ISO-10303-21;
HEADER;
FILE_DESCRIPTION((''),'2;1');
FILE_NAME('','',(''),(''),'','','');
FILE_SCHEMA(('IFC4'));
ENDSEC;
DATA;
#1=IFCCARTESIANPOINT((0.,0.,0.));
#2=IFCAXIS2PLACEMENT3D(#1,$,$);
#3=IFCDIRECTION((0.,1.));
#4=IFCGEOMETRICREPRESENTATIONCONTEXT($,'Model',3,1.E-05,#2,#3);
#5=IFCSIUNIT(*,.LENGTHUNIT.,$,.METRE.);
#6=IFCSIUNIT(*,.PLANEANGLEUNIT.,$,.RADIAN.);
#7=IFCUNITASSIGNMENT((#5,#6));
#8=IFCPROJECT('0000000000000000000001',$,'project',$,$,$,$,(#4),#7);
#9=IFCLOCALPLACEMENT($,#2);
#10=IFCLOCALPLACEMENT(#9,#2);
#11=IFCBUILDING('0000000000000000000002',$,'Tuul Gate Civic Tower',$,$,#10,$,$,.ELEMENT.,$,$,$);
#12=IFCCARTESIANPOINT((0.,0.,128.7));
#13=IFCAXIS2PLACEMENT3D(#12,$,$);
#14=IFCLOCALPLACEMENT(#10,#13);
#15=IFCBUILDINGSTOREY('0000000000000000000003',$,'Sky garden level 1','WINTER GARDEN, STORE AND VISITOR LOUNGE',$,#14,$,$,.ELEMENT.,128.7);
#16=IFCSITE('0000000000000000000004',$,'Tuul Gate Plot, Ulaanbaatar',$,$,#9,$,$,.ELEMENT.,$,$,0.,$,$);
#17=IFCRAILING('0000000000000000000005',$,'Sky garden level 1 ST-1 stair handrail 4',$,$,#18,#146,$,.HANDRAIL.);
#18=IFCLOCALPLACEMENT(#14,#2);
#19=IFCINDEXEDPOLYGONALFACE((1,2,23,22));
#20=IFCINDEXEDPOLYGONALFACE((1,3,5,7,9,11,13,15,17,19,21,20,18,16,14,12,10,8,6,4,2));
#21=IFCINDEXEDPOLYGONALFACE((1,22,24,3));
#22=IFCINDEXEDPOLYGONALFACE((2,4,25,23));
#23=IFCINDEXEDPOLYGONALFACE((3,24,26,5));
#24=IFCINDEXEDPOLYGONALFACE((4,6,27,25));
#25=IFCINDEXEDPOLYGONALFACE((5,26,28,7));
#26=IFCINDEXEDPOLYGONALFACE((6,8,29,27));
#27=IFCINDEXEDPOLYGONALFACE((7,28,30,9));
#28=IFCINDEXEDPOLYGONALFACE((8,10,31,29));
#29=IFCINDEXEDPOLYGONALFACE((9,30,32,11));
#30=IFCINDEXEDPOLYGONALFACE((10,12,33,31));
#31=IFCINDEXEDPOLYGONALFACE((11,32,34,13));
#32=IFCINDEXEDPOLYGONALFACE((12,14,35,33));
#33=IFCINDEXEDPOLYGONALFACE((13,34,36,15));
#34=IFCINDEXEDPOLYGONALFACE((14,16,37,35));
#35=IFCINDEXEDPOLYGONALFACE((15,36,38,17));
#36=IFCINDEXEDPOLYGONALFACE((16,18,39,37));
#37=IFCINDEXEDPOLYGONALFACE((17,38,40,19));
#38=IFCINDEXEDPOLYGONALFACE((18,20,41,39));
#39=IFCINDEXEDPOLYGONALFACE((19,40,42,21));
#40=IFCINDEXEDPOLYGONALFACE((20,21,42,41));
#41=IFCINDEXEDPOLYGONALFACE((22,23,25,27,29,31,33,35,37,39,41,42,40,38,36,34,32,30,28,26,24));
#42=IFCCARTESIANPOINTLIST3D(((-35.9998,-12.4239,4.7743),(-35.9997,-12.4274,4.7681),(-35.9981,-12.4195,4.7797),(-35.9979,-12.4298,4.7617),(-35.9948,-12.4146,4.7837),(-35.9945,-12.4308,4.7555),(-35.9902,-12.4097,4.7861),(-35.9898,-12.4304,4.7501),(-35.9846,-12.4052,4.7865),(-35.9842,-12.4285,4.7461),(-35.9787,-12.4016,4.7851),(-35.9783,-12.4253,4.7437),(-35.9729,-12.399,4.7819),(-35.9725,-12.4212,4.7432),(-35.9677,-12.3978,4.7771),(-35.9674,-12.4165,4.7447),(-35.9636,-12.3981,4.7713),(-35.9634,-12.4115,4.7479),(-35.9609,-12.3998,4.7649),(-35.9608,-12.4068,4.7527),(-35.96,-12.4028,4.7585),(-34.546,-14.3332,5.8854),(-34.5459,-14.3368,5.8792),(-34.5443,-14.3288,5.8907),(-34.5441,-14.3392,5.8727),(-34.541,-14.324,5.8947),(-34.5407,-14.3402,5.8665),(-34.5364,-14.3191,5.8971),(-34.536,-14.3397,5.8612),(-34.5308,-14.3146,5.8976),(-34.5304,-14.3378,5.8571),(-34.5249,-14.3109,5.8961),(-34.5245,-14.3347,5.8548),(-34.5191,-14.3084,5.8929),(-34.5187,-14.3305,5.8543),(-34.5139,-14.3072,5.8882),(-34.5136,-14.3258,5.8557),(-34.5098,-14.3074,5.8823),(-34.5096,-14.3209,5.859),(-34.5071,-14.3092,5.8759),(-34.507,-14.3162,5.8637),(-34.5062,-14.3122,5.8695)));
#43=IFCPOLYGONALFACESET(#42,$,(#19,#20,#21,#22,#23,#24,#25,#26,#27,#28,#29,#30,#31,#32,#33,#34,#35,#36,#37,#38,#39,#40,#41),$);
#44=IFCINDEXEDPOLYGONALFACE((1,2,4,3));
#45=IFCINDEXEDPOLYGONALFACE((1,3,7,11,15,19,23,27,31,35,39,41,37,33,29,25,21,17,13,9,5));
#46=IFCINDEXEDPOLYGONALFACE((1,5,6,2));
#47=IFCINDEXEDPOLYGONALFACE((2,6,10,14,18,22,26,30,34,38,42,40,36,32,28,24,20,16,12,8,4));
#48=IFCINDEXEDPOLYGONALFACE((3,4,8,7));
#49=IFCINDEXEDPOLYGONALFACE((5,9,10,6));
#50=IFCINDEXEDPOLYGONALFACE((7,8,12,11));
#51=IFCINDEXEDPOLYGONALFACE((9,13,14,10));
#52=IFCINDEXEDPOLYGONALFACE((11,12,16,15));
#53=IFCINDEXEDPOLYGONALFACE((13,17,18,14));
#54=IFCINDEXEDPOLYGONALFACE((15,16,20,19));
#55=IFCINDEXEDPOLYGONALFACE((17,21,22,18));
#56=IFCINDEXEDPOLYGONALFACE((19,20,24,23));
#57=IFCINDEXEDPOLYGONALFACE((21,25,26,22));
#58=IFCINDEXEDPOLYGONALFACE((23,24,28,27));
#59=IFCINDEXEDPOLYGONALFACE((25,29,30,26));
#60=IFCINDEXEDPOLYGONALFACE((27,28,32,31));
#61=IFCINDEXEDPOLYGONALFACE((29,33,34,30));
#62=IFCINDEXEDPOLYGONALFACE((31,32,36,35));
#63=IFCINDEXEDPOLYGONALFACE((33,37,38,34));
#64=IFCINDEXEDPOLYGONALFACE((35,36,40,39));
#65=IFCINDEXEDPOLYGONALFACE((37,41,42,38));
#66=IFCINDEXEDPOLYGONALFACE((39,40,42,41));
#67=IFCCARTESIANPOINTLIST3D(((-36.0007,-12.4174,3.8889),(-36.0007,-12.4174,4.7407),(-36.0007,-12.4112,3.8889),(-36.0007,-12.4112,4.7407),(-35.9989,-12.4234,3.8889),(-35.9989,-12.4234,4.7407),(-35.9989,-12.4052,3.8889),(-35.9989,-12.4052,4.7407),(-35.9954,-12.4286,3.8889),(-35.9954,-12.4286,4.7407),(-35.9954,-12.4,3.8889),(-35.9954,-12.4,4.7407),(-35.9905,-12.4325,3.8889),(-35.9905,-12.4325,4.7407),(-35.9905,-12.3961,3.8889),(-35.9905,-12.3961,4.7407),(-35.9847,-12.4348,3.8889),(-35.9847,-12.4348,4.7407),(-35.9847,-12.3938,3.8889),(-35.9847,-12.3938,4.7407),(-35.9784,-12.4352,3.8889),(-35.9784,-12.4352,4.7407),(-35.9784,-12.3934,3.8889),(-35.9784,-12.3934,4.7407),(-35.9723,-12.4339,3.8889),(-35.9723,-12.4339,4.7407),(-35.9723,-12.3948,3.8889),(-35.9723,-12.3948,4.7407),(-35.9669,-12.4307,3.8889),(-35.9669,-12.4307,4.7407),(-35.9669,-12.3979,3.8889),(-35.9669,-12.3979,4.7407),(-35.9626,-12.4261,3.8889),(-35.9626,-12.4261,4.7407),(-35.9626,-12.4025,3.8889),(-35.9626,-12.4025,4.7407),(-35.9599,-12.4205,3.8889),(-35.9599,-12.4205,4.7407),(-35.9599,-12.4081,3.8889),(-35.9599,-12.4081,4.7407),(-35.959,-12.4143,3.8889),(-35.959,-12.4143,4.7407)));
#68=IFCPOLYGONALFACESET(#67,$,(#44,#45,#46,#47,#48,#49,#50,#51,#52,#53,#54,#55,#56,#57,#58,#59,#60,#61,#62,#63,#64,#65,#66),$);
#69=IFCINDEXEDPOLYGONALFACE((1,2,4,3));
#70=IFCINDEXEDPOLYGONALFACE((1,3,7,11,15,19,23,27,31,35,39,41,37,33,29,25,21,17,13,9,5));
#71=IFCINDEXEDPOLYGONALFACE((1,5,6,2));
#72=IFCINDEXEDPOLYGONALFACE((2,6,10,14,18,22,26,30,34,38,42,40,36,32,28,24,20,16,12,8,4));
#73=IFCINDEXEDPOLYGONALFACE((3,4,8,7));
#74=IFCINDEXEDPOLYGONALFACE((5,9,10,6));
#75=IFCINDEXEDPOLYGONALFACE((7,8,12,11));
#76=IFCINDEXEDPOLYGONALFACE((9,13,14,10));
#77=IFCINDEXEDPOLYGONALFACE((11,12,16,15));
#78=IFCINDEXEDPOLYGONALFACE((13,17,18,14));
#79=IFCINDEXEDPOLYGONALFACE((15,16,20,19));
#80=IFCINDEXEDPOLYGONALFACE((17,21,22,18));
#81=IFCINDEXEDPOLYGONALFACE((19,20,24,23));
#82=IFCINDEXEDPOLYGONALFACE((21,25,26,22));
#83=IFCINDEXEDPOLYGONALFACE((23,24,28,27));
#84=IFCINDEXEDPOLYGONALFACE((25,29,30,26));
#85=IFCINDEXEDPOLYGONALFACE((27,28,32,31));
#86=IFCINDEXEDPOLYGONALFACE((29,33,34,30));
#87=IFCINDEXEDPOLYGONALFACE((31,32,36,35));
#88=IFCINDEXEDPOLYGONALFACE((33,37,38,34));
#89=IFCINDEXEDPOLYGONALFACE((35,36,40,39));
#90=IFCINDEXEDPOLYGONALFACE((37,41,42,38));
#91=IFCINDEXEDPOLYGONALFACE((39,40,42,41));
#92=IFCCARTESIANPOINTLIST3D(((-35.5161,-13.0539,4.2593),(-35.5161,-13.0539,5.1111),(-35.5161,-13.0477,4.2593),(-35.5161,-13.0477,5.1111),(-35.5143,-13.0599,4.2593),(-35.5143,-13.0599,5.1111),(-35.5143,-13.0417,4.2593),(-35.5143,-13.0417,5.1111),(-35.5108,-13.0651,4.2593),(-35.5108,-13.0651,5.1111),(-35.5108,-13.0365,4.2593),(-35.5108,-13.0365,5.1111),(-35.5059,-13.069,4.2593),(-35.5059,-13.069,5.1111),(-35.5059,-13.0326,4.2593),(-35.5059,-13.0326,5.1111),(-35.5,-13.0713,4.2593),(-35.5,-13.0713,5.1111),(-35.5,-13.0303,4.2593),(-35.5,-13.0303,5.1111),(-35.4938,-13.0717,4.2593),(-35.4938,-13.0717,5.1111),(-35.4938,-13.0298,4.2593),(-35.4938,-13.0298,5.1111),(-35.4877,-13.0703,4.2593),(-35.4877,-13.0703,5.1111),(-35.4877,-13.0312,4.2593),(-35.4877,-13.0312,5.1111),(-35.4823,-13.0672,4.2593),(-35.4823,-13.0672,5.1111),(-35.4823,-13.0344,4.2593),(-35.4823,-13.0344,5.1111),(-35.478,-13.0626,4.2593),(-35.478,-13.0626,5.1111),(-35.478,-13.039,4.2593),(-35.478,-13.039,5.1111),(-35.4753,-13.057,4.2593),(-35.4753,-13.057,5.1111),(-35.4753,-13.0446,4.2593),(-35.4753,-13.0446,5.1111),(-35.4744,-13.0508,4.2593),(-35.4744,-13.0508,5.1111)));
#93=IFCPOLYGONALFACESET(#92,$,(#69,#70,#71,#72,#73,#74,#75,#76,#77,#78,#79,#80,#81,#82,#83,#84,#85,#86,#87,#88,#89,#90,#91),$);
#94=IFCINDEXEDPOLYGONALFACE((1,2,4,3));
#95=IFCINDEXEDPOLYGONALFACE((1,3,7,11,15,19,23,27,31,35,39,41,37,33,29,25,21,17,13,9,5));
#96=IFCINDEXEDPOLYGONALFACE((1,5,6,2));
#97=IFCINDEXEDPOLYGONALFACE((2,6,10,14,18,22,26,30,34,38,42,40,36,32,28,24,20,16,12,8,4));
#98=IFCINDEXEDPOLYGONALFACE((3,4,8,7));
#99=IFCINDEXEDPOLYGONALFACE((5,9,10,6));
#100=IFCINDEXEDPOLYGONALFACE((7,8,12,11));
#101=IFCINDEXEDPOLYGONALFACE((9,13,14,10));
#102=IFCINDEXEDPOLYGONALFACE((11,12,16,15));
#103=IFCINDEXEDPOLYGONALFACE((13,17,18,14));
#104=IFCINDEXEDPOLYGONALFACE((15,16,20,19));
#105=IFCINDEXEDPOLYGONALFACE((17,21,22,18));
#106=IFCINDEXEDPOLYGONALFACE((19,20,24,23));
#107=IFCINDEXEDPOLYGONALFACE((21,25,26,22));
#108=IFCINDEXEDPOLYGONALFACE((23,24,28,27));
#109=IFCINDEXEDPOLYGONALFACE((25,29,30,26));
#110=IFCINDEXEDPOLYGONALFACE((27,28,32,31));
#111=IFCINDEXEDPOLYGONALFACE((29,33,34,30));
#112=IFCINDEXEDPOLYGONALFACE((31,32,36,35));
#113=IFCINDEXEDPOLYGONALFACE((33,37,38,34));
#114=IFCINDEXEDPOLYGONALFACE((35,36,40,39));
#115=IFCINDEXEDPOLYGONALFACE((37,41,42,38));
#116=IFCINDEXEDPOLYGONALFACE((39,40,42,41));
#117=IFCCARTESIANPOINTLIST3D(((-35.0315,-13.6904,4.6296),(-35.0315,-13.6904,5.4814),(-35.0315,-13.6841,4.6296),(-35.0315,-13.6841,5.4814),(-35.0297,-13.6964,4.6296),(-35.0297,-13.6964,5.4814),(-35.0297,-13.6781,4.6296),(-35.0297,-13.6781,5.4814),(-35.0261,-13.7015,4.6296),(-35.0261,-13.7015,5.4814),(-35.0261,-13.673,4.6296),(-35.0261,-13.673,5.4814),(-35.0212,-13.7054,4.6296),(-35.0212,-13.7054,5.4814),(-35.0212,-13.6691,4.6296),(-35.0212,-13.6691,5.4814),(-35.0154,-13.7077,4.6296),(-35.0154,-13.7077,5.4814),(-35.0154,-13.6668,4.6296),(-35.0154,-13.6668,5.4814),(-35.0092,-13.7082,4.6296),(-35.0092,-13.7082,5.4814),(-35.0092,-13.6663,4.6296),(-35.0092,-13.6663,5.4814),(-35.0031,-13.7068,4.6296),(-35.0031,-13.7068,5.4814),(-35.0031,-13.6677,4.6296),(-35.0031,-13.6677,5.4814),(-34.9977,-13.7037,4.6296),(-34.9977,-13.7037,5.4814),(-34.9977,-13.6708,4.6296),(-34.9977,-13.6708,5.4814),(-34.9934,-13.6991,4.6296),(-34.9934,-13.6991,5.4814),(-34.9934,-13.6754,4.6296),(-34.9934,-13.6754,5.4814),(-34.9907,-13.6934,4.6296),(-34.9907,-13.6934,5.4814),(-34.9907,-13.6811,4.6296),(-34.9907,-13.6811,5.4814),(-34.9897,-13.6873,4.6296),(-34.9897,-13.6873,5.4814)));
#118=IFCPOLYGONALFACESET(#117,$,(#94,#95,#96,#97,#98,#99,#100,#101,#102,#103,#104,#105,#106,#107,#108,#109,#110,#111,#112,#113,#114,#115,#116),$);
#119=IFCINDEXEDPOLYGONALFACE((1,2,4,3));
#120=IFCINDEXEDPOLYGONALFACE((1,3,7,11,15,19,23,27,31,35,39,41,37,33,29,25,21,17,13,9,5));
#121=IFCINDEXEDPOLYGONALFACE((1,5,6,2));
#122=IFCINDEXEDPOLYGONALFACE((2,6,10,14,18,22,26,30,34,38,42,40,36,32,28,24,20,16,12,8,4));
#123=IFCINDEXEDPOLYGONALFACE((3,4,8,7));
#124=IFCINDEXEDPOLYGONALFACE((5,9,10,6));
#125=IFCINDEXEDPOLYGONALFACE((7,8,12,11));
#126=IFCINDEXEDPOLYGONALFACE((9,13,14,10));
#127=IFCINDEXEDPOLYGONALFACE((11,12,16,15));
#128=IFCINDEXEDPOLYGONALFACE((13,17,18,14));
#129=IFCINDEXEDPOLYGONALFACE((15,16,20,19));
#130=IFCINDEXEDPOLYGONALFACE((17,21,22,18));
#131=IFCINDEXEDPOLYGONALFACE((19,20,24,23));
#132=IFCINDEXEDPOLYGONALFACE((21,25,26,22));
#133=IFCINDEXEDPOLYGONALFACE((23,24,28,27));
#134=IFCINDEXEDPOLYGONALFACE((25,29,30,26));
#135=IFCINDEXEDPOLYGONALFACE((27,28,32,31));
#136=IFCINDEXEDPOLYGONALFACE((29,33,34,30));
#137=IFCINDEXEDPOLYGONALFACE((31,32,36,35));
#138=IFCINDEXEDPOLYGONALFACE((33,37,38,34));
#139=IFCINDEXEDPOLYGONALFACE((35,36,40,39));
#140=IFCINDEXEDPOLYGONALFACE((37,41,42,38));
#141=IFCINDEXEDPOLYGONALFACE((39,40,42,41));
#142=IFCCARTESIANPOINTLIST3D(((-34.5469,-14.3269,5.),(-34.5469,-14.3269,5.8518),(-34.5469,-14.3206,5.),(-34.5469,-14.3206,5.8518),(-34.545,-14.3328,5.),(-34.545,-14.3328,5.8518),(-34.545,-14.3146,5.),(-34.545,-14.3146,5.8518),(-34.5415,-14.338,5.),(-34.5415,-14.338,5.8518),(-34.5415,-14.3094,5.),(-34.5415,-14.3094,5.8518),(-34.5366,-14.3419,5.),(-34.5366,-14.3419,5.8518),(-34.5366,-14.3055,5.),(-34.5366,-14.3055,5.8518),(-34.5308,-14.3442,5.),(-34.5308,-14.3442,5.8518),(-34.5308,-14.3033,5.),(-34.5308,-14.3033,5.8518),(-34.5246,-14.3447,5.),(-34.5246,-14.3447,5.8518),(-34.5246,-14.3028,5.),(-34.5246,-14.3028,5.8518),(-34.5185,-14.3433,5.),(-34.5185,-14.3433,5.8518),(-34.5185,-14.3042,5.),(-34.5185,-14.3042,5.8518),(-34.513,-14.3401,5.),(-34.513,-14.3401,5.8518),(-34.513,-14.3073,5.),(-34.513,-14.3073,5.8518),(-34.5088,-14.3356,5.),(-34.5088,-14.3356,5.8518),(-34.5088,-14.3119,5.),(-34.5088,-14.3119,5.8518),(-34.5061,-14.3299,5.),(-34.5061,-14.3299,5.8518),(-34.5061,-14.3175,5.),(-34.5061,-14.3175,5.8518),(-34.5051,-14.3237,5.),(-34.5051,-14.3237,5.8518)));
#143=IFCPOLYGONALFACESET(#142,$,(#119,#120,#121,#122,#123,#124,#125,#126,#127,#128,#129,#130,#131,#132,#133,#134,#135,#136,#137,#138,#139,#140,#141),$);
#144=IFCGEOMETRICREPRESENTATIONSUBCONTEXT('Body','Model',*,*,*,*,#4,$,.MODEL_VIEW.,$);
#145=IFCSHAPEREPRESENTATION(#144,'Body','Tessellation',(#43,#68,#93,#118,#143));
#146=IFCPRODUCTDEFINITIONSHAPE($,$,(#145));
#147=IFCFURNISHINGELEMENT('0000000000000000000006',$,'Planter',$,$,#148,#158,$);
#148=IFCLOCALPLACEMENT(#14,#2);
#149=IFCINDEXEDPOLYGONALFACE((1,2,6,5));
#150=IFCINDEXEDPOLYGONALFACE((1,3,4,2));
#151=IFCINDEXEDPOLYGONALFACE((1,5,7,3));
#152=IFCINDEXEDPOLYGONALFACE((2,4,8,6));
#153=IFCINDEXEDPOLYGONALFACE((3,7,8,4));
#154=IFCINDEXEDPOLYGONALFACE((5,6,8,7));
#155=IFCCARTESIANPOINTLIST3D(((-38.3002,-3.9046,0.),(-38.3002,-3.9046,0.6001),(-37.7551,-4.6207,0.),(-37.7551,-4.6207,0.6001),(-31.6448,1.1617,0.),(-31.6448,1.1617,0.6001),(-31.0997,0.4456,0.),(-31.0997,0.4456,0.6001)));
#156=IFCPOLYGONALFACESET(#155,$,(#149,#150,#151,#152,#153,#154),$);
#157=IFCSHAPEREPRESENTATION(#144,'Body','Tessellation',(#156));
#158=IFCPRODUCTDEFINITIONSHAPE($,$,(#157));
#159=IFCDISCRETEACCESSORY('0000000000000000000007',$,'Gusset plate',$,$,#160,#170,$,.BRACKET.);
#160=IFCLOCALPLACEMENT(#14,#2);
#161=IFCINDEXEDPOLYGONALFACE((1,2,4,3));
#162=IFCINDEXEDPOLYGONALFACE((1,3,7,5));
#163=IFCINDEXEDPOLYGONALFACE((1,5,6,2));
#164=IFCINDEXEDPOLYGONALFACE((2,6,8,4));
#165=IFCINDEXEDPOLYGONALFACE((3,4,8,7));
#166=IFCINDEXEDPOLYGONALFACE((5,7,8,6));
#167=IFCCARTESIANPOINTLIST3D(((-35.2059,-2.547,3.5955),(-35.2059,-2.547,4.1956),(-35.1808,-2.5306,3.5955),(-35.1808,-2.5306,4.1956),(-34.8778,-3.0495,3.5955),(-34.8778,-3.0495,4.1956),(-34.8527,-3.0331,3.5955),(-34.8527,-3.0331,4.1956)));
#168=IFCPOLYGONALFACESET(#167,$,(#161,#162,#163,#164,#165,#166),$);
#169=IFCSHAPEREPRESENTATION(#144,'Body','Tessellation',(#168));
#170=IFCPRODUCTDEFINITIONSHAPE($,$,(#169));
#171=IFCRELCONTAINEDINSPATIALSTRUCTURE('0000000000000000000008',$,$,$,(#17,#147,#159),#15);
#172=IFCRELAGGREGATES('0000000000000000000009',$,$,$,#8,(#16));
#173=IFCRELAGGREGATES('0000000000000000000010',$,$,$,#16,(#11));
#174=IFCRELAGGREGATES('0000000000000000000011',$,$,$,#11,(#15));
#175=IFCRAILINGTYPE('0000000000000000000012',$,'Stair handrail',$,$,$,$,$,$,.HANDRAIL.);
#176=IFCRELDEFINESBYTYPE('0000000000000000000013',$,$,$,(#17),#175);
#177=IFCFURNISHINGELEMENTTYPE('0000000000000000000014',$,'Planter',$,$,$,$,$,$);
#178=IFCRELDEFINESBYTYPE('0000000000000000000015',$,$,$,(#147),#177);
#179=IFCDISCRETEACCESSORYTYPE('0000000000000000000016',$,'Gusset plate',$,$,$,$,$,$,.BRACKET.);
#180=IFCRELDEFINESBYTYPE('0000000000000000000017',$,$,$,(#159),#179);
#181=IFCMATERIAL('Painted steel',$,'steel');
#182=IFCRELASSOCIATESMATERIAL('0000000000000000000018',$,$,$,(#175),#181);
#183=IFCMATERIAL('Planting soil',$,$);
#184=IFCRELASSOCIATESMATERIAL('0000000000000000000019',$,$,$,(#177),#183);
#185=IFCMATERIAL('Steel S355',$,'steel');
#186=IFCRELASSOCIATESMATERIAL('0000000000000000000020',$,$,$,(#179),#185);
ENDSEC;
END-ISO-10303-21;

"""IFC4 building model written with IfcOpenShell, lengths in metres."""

from ifc_helpers import new_model, si_unit, direction, frame, origin, origin_2d, place, context, subcontext, project, spatial, rectangle, circle, extrude, material, type_object, element, save


model = new_model("IFC4")

# Units and contexts
model_context = context("Model", 3, precision=1e-05, world=origin(), true_north=direction((0.0, 1.0)))
body_context = subcontext(model_context, "Body", "Model", "MODEL_VIEW")
ifc_project = project(units=[si_unit("LENGTHUNIT", "METRE"), si_unit("PLANEANGLEUNIT", "RADIAN")], contexts=[model_context])

# Site, building, storey
site_placement = place(None, origin())
site = spatial("IfcSite", under=ifc_project, at=site_placement, Name="Tuul Gate Plot, Ulaanbaatar", CompositionType="ELEMENT", RefElevation=0.0)
building_placement = place(site_placement, origin())
building = spatial("IfcBuilding", under=site, at=building_placement, Name="Tuul Gate Civic Tower", CompositionType="ELEMENT")
storey_placement = place(building_placement, frame((0.0, 0.0, 128.7)))
storey = spatial("IfcBuildingStorey", under=building, at=storey_placement, Name="Sky garden level 1", Description="WINTER GARDEN, STORE AND VISITOR LOUNGE", CompositionType="ELEMENT", Elevation=128.7)

# Railing
ifc_material_1 = material(Name="Painted steel", Category="steel")
railing_type_1 = type_object("IfcRailingType", Name="Stair handrail", PredefinedType="HANDRAIL", material=ifc_material_1)
for number, where, name in (
    (1, (-35.98, -12.4143, 3.8889), "Sky garden level 1 ST-1 stair handrail 4"),
):
    element("IfcRailing", number, at=place(storey_placement, frame(where)), inside=storey, type_object=railing_type_1, Name=name, PredefinedType="HANDRAIL", context=body_context, shape_type="SweptSolid", body=[
        extrude(circle(Radius=0.0239, at=origin_2d()), frame((0.0, 0.0, 0.876), z_axis=(0.549738, -0.721998, 0.420127), x_axis=(0.795621, 0.605795, 0.0)), (0.0, 0.0, 1.0), 2.6445),
        extrude(circle(Radius=0.021, at=origin_2d()), origin(), (0.0, 0.0, 1.0), 0.8518),
        extrude(circle(Radius=0.021, at=origin_2d()), frame((0.4846, -0.6365, 0.3704)), (0.0, 0.0, 1.0), 0.8518),
        extrude(circle(Radius=0.021, at=origin_2d()), frame((0.9692, -1.2729, 0.7407)), (0.0, 0.0, 1.0), 0.8518),
        extrude(circle(Radius=0.021, at=origin_2d()), frame((1.4539, -1.9094, 1.1111)), (0.0, 0.0, 1.0), 0.8518),
    ])

# Furnishing element
ifc_material_2 = material(Name="Planting soil")
furnishing_element_type = type_object("IfcFurnishingElementType", Name="Planter", material=ifc_material_2)
furnishing_placement = place(storey_placement, frame((-34.7, -1.7295, 0.0), z_axis=(0.0, 0.0, 1.0), x_axis=(-0.795688, -0.605707, 0.0)))
element("IfcFurnishingElement", 2, at=furnishing_placement, inside=storey, type_object=furnishing_element_type, Name="Planter", context=body_context, shape_type="SweptSolid", body=[
    extrude(rectangle(XDim=8.3643, YDim=0.8999, at=origin_2d()), origin(), (0.0, 0.0, 1.0), 0.6001),
])

# Discrete accessory
ifc_material_3 = material(Name="Steel S355", Category="steel")
discrete_accessory_type = type_object("IfcDiscreteAccessoryType", Name="Gusset plate", PredefinedType="BRACKET", material=ifc_material_3)
discrete_accessory_placement = place(storey_placement, frame((-35.0293, -2.79, 3.5955), z_axis=(0.0, 0.0, 1.0), x_axis=(0.54671, -0.837322, 0.0)))
element("IfcDiscreteAccessory", 3, at=discrete_accessory_placement, inside=storey, type_object=discrete_accessory_type, Name="Gusset plate", PredefinedType="BRACKET", context=body_context, shape_type="SweptSolid", body=[
    extrude(rectangle(XDim=0.6001, YDim=0.03, at=origin_2d()), origin(), (0.0, 0.0, 1.0), 0.6001),
])

save(model, "model.ifc")
